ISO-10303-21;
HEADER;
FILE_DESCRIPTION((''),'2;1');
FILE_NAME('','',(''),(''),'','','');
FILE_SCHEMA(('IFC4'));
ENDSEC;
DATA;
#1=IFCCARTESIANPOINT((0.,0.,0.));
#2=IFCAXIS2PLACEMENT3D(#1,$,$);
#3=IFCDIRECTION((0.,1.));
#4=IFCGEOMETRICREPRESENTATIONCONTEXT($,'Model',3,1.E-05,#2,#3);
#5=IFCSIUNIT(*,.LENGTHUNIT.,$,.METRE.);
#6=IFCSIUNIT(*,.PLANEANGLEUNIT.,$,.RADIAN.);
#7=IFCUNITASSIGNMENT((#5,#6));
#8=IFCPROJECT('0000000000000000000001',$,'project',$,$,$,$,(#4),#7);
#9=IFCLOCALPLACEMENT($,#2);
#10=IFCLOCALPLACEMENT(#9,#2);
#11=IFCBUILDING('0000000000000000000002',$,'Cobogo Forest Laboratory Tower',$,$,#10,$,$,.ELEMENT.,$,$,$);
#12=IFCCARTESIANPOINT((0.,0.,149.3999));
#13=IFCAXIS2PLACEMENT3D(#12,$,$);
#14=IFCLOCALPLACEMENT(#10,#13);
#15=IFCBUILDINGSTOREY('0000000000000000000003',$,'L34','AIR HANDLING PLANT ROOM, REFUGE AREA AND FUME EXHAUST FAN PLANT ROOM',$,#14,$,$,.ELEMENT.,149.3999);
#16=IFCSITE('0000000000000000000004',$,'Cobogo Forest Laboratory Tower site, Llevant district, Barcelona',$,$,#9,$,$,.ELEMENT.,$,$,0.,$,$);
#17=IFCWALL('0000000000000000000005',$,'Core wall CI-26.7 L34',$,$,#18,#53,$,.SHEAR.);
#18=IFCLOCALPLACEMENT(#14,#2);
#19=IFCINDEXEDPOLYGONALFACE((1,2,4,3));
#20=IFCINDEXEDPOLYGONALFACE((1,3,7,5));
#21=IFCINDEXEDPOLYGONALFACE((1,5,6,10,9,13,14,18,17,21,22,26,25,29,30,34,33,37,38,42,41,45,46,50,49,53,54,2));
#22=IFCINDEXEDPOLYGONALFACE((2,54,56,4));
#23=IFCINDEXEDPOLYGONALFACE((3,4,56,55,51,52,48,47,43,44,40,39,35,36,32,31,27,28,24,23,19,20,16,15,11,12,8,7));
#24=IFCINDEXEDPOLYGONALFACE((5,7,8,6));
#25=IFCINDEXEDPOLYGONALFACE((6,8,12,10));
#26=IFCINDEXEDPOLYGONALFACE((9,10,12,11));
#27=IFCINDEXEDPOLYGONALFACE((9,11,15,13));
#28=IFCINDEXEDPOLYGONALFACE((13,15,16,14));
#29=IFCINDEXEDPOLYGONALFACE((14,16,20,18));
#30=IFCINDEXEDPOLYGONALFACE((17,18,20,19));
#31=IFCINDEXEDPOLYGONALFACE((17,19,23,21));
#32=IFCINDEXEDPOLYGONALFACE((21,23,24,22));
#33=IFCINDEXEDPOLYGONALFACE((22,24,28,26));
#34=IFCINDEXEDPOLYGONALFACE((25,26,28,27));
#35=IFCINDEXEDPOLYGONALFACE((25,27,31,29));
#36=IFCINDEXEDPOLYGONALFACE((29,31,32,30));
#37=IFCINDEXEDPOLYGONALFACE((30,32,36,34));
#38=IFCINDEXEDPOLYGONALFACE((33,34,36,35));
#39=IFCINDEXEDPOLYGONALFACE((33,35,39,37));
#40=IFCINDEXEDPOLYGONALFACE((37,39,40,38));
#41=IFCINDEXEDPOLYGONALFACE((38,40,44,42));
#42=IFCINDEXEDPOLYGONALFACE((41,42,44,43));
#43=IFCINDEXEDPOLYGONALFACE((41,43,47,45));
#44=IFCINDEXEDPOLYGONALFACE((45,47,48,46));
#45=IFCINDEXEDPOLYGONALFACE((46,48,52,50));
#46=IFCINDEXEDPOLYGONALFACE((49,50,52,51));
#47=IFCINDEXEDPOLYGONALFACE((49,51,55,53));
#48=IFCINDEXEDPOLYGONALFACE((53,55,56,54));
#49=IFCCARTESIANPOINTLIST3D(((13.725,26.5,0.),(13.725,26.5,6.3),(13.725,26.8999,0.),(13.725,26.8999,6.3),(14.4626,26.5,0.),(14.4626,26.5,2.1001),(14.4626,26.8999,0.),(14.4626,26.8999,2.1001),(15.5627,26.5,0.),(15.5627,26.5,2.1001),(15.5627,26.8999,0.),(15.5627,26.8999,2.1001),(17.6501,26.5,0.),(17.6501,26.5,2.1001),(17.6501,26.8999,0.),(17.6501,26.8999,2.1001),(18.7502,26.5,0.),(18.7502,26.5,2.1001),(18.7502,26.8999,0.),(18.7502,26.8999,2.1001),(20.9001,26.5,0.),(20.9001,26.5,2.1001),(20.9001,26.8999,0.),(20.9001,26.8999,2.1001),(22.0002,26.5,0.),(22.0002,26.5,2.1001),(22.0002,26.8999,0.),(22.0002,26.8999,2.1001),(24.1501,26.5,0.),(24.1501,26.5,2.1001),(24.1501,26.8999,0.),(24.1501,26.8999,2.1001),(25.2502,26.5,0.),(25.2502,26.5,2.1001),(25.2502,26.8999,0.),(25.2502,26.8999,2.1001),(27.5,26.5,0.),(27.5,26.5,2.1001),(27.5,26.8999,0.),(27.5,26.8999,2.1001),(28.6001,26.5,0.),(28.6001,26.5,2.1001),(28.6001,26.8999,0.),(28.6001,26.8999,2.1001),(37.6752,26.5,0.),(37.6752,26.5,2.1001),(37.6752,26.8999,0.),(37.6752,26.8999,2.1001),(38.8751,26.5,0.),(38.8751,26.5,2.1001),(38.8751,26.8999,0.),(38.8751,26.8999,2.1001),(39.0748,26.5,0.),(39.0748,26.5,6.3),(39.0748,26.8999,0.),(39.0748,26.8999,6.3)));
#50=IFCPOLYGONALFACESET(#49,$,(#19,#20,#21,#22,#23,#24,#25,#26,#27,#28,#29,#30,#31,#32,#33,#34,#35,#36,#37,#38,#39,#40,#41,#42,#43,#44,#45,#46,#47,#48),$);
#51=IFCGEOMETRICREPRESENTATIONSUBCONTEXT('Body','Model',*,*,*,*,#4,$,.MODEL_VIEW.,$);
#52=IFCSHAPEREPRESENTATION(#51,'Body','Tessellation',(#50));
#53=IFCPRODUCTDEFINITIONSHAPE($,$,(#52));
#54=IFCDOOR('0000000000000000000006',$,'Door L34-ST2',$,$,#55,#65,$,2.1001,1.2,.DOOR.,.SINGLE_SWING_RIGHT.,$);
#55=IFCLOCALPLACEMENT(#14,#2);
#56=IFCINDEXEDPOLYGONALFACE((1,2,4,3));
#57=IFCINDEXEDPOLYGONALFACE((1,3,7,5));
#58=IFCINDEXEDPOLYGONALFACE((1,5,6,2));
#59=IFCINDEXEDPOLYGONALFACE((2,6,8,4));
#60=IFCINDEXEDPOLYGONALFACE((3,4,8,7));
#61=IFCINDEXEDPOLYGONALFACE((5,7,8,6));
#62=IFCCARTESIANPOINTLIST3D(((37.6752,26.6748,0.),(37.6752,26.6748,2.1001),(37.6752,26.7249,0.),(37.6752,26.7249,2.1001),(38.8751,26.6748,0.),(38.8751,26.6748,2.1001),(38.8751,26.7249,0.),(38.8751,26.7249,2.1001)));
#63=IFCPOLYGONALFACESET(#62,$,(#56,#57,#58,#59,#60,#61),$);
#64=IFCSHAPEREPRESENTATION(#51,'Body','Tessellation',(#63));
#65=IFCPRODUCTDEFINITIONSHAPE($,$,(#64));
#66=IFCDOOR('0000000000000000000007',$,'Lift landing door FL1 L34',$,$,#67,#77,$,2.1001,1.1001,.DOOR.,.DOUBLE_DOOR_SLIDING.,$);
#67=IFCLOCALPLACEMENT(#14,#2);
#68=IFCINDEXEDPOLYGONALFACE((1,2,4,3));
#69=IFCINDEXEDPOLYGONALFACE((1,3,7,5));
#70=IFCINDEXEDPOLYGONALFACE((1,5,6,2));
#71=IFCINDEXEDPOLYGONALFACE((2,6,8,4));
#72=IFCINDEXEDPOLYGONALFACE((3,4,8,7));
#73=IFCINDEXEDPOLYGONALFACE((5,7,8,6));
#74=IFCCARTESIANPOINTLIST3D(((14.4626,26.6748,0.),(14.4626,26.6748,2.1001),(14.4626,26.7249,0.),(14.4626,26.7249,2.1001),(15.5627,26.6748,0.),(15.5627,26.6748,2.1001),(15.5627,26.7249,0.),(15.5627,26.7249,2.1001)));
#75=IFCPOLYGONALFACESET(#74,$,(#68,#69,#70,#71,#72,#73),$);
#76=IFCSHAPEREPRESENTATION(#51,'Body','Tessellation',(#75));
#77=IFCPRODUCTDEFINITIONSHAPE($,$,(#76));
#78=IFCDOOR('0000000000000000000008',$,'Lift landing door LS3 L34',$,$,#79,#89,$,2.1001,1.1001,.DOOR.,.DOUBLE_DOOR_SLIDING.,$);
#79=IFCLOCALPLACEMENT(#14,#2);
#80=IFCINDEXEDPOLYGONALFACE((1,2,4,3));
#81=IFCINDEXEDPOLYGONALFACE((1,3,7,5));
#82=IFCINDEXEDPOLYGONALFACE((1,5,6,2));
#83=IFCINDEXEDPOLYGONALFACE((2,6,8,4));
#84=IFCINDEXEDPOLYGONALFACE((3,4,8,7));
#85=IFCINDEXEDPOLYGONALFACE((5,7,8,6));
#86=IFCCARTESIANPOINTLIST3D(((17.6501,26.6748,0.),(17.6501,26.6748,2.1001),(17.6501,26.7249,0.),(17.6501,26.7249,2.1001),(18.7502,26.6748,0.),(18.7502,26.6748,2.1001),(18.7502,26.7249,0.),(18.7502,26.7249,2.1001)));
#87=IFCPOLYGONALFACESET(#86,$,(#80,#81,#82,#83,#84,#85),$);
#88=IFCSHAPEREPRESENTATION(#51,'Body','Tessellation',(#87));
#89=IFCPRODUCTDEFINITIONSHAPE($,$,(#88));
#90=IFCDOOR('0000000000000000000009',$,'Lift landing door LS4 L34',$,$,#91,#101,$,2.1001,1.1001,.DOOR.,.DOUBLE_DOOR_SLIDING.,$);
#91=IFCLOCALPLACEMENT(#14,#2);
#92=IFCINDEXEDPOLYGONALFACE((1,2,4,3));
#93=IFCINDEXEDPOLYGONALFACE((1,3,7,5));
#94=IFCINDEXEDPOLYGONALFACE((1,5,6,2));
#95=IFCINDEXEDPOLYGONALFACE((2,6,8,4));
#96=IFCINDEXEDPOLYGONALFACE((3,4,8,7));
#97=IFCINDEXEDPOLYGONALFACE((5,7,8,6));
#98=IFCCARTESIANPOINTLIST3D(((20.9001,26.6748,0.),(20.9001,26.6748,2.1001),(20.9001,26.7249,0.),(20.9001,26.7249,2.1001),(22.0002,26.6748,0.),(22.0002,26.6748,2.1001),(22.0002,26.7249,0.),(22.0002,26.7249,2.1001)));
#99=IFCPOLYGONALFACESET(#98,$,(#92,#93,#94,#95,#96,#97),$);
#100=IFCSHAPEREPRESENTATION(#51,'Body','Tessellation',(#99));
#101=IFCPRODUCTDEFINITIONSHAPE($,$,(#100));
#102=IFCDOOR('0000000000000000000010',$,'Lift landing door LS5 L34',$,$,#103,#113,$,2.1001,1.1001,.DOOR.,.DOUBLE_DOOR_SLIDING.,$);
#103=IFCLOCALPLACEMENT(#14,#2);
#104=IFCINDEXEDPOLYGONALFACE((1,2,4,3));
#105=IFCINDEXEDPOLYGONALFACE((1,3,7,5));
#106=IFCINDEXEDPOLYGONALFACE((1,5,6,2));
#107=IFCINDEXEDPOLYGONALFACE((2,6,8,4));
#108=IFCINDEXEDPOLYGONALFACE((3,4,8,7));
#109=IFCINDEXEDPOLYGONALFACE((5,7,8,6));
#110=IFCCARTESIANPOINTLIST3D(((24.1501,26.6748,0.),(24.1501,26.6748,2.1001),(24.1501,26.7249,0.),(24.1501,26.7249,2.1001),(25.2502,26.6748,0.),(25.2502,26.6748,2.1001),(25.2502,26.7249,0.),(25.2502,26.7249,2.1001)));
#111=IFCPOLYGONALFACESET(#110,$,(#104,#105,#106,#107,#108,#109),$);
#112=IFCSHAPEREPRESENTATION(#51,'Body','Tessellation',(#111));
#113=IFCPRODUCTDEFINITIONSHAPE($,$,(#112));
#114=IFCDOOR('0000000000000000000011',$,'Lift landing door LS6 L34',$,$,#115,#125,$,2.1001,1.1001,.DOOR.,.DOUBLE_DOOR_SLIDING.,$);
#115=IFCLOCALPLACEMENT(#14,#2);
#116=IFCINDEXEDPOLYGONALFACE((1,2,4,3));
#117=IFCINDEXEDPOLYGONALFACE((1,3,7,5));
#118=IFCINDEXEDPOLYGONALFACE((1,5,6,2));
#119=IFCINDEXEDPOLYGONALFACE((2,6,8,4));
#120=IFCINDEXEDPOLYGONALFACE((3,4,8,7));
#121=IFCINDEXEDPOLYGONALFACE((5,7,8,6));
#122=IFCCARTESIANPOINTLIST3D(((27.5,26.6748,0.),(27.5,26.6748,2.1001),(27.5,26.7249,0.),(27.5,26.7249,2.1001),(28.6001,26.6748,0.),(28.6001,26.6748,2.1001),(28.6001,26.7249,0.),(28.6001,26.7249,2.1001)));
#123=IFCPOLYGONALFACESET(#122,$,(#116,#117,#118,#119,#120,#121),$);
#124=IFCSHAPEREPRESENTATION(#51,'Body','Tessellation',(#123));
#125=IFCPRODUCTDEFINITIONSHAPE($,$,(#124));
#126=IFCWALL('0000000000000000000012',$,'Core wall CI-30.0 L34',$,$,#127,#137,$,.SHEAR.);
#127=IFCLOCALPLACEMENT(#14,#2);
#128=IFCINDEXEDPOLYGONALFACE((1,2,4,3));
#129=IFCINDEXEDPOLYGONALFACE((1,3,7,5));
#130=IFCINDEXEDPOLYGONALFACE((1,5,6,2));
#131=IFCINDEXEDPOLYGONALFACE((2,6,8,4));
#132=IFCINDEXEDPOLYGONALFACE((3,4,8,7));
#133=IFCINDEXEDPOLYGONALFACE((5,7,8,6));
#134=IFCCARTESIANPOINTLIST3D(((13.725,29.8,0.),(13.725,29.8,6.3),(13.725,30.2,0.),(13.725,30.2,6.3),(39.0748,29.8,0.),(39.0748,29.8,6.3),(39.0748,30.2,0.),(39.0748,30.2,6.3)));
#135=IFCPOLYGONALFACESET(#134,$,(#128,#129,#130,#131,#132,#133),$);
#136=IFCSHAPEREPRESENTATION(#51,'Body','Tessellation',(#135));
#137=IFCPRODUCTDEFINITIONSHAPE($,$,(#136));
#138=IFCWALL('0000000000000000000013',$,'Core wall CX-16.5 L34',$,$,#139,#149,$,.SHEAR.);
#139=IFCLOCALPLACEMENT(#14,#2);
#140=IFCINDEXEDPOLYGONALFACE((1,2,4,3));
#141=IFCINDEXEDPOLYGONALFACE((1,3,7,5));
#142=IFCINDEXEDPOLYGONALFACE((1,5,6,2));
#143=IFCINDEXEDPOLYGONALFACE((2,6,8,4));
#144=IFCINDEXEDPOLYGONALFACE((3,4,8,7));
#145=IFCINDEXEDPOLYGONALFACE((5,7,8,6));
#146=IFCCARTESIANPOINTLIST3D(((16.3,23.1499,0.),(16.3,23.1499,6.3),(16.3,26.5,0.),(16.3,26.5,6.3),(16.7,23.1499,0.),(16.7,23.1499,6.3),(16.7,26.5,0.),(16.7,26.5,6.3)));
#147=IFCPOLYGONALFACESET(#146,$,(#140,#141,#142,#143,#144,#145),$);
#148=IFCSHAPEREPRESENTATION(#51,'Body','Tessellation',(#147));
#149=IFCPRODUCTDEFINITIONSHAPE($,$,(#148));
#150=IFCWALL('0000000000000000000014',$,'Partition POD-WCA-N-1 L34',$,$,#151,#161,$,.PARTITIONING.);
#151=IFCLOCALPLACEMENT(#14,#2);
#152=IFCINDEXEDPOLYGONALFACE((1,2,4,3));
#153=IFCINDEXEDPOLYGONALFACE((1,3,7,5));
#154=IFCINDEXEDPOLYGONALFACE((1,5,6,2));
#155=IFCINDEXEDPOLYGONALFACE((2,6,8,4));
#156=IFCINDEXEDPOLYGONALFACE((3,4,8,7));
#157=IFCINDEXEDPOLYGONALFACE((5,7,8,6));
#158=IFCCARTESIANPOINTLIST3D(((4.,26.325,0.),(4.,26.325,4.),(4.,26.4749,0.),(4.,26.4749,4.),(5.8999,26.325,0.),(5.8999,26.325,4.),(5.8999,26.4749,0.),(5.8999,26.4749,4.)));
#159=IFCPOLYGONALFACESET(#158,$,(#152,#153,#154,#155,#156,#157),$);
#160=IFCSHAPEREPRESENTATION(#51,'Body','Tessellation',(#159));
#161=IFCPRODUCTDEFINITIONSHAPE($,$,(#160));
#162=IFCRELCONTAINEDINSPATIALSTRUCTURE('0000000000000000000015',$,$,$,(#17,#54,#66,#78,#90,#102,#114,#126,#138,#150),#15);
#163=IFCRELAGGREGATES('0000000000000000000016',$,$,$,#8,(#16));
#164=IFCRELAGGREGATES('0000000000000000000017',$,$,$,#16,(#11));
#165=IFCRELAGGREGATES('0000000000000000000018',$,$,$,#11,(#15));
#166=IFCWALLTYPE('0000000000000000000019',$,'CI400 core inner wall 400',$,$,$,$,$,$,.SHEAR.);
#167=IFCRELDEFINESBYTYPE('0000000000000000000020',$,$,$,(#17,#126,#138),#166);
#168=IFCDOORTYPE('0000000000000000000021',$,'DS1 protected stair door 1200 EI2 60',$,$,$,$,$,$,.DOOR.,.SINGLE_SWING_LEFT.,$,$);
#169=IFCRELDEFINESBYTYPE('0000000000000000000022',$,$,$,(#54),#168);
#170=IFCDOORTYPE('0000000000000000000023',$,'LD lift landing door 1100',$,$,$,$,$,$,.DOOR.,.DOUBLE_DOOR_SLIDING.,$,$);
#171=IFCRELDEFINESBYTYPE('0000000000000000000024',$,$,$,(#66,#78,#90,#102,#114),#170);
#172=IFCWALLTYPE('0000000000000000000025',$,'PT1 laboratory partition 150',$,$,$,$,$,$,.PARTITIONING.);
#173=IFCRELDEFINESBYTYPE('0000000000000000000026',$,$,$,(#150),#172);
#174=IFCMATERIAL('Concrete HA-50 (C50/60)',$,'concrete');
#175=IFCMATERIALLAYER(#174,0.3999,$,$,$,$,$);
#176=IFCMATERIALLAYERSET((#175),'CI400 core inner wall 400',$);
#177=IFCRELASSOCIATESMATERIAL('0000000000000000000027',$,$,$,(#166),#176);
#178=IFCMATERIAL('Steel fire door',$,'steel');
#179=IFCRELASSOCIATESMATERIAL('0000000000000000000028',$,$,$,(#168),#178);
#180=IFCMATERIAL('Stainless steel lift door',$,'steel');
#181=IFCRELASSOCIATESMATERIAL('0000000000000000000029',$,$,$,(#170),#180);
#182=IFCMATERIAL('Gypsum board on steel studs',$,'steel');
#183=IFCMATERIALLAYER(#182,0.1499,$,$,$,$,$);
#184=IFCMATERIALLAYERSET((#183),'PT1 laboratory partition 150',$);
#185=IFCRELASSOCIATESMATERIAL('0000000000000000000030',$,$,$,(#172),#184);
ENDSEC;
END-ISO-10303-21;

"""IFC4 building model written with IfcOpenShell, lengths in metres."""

from ifc_helpers import new_model, si_unit, direction, frame, frame_2d, origin, place, context, subcontext, project, spatial, rectangle, extrude, material, layer, layer_set, type_object, element, fill, save


model = new_model("IFC4")

# Units and contexts
model_context = context("Model", 3, precision=1e-05, world=origin(), true_north=direction((0.0, 1.0)))
body_context = subcontext(model_context, "Body", "Model", "MODEL_VIEW")
ifc_project = project(units=[si_unit("LENGTHUNIT", "METRE"), si_unit("PLANEANGLEUNIT", "RADIAN")], contexts=[model_context])

# Site, building, storey
site_placement = place(None, origin())
site = spatial("IfcSite", under=ifc_project, at=site_placement, Name="Cobogo Forest Laboratory Tower site, Llevant district, Barcelona", CompositionType="ELEMENT", RefElevation=0.0)
building_placement = place(site_placement, origin())
building = spatial("IfcBuilding", under=site, at=building_placement, Name="Cobogo Forest Laboratory Tower", CompositionType="ELEMENT")
storey_placement = place(building_placement, frame((0.0, 0.0, 149.3999)))
storey = spatial("IfcBuildingStorey", under=building, at=storey_placement, Name="L34", Description="AIR HANDLING PLANT ROOM, REFUGE AREA AND FUME EXHAUST FAN PLANT ROOM", CompositionType="ELEMENT", Elevation=149.3999)

# Shared definitions
ifc_material_1 = material(Name="Concrete HA-50 (C50/60)", Category="concrete")

# Shared definitions
ifc_layer_1 = layer(ifc_material_1, 0.3999)
ifc_layer_set_1 = layer_set([ifc_layer_1], Name="CI400 core inner wall 400")
wall_type_1 = type_object("IfcWallType", Name="CI400 core inner wall 400", PredefinedType="SHEAR", material=ifc_layer_set_1)

# Wall, openings, doors
wall_1_placement = place(storey_placement, frame((13.7251, 26.7, 0.0), z_axis=(0.0, 0.0, 1.0), x_axis=(1.0, 0.0, 0.0)))
wall_1 = element("IfcWall", 1, at=wall_1_placement, inside=storey, type_object=wall_type_1, Name="Core wall CI-26.7 L34", PredefinedType="SHEAR", context=body_context, shape_type="SweptSolid", body=[
    extrude(rectangle(XDim=25.3499, YDim=0.3999, at=frame_2d((12.6748, 0.0))), origin(), (0.0, 0.0, 1.0), 6.3),
])
opening_1_placement = place(wall_1_placement, frame((23.95, 0.0, 0.0)))
opening_1 = element("IfcOpeningElement", 2, at=opening_1_placement, cuts=wall_1, PredefinedType="OPENING", context=body_context, shape_type="SweptSolid", body=[
    extrude(rectangle(XDim=1.2, YDim=2.1001, at=frame_2d((0.6001, 1.05))), frame((0.0, 0.21, 0.0), z_axis=(0.0, -1.0, 0.0), x_axis=(1.0, 0.0, 0.0)), (0.0, 0.0, 1.0), 0.4199),
])
opening_2_placement = place(wall_1_placement, frame((0.7375, 0.0, 0.0)))
opening_2 = element("IfcOpeningElement", 3, at=opening_2_placement, cuts=wall_1, PredefinedType="OPENING", context=body_context, shape_type="SweptSolid", body=[
    extrude(rectangle(XDim=1.1001, YDim=2.1001, at=frame_2d((0.55, 1.05))), frame((0.0, 0.21, 0.0), z_axis=(0.0, -1.0, 0.0), x_axis=(1.0, 0.0, 0.0)), (0.0, 0.0, 1.0), 0.4199),
])
opening_3_placement = place(wall_1_placement, frame((3.925, 0.0, 0.0)))
opening_3 = element("IfcOpeningElement", 4, at=opening_3_placement, cuts=wall_1, PredefinedType="OPENING", context=body_context, shape_type="SweptSolid", body=[
    extrude(rectangle(XDim=1.1001, YDim=2.1001, at=frame_2d((0.55, 1.05))), frame((0.0, 0.21, 0.0), z_axis=(0.0, -1.0, 0.0), x_axis=(1.0, 0.0, 0.0)), (0.0, 0.0, 1.0), 0.4199),
])
opening_4_placement = place(wall_1_placement, frame((7.175, 0.0, 0.0)))
opening_4 = element("IfcOpeningElement", 5, at=opening_4_placement, cuts=wall_1, PredefinedType="OPENING", context=body_context, shape_type="SweptSolid", body=[
    extrude(rectangle(XDim=1.1001, YDim=2.1001, at=frame_2d((0.55, 1.05))), frame((0.0, 0.21, 0.0), z_axis=(0.0, -1.0, 0.0), x_axis=(1.0, 0.0, 0.0)), (0.0, 0.0, 1.0), 0.4199),
])
opening_5_placement = place(wall_1_placement, frame((10.425, 0.0, 0.0)))
opening_5 = element("IfcOpeningElement", 6, at=opening_5_placement, cuts=wall_1, PredefinedType="OPENING", context=body_context, shape_type="SweptSolid", body=[
    extrude(rectangle(XDim=1.1001, YDim=2.1001, at=frame_2d((0.55, 1.05))), frame((0.0, 0.21, 0.0), z_axis=(0.0, -1.0, 0.0), x_axis=(1.0, 0.0, 0.0)), (0.0, 0.0, 1.0), 0.4199),
])
opening_6_placement = place(wall_1_placement, frame((13.7749, 0.0, 0.0)))
opening_6 = element("IfcOpeningElement", 7, at=opening_6_placement, cuts=wall_1, PredefinedType="OPENING", context=body_context, shape_type="SweptSolid", body=[
    extrude(rectangle(XDim=1.1001, YDim=2.1001, at=frame_2d((0.55, 1.05))), frame((0.0, 0.21, 0.0), z_axis=(0.0, -1.0, 0.0), x_axis=(1.0, 0.0, 0.0)), (0.0, 0.0, 1.0), 0.4199),
])
ifc_material_2 = material(Name="Steel fire door", Category="steel")
door_type_1 = type_object("IfcDoorType", Name="DS1 protected stair door 1200 EI2 60", OperationType="SINGLE_SWING_LEFT", PredefinedType="DOOR", material=ifc_material_2)
door_1_placement = place(opening_1_placement, origin())
door_1 = element("IfcDoor", 8, at=door_1_placement, inside=storey, type_object=door_type_1, Name="Door L34-ST2", OperationType="SINGLE_SWING_RIGHT", OverallHeight=2.1001, OverallWidth=1.2, PredefinedType="DOOR", context=body_context, shape_type="SweptSolid", body=[
    extrude(rectangle(XDim=1.2, YDim=2.1001, at=frame_2d((0.6001, 1.05))), frame((0.0, 0.0249, 0.0), z_axis=(0.0, -1.0, 0.0), x_axis=(1.0, 0.0, 0.0)), (0.0, 0.0, 1.0), 0.05),
])
fill(opening_1, door_1)
ifc_material_3 = material(Name="Stainless steel lift door", Category="steel")
door_type_2 = type_object("IfcDoorType", Name="LD lift landing door 1100", OperationType="DOUBLE_DOOR_SLIDING", PredefinedType="DOOR", material=ifc_material_3)
door_2_placement = place(opening_2_placement, origin())
door_2 = element("IfcDoor", 9, at=door_2_placement, inside=storey, type_object=door_type_2, Name="Lift landing door FL1 L34", OperationType="DOUBLE_DOOR_SLIDING", OverallHeight=2.1001, OverallWidth=1.1001, PredefinedType="DOOR", context=body_context, shape_type="SweptSolid", body=[
    extrude(rectangle(XDim=1.1001, YDim=2.1001, at=frame_2d((0.55, 1.05))), frame((0.0, 0.0249, 0.0), z_axis=(0.0, -1.0, 0.0), x_axis=(1.0, 0.0, 0.0)), (0.0, 0.0, 1.0), 0.05),
])
fill(opening_2, door_2)
door_3_placement = place(opening_3_placement, origin())
door_3 = element("IfcDoor", 10, at=door_3_placement, inside=storey, type_object=door_type_2, Name="Lift landing door LS3 L34", OperationType="DOUBLE_DOOR_SLIDING", OverallHeight=2.1001, OverallWidth=1.1001, PredefinedType="DOOR", context=body_context, shape_type="SweptSolid", body=[
    extrude(rectangle(XDim=1.1001, YDim=2.1001, at=frame_2d((0.55, 1.05))), frame((0.0, 0.0249, 0.0), z_axis=(0.0, -1.0, 0.0), x_axis=(1.0, 0.0, 0.0)), (0.0, 0.0, 1.0), 0.05),
])
fill(opening_3, door_3)
door_4_placement = place(opening_4_placement, origin())
door_4 = element("IfcDoor", 11, at=door_4_placement, inside=storey, type_object=door_type_2, Name="Lift landing door LS4 L34", OperationType="DOUBLE_DOOR_SLIDING", OverallHeight=2.1001, OverallWidth=1.1001, PredefinedType="DOOR", context=body_context, shape_type="SweptSolid", body=[
    extrude(rectangle(XDim=1.1001, YDim=2.1001, at=frame_2d((0.55, 1.05))), frame((0.0, 0.0249, 0.0), z_axis=(0.0, -1.0, 0.0), x_axis=(1.0, 0.0, 0.0)), (0.0, 0.0, 1.0), 0.05),
])
fill(opening_4, door_4)
door_5_placement = place(opening_5_placement, origin())
door_5 = element("IfcDoor", 12, at=door_5_placement, inside=storey, type_object=door_type_2, Name="Lift landing door LS5 L34", OperationType="DOUBLE_DOOR_SLIDING", OverallHeight=2.1001, OverallWidth=1.1001, PredefinedType="DOOR", context=body_context, shape_type="SweptSolid", body=[
    extrude(rectangle(XDim=1.1001, YDim=2.1001, at=frame_2d((0.55, 1.05))), frame((0.0, 0.0249, 0.0), z_axis=(0.0, -1.0, 0.0), x_axis=(1.0, 0.0, 0.0)), (0.0, 0.0, 1.0), 0.05),
])
fill(opening_5, door_5)
door_6_placement = place(opening_6_placement, origin())
door_6 = element("IfcDoor", 13, at=door_6_placement, inside=storey, type_object=door_type_2, Name="Lift landing door LS6 L34", OperationType="DOUBLE_DOOR_SLIDING", OverallHeight=2.1001, OverallWidth=1.1001, PredefinedType="DOOR", context=body_context, shape_type="SweptSolid", body=[
    extrude(rectangle(XDim=1.1001, YDim=2.1001, at=frame_2d((0.55, 1.05))), frame((0.0, 0.0249, 0.0), z_axis=(0.0, -1.0, 0.0), x_axis=(1.0, 0.0, 0.0)), (0.0, 0.0, 1.0), 0.05),
])
fill(opening_6, door_6)

# Walls
wall_2_placement = place(storey_placement, frame((13.7251, 30.0, 0.0), z_axis=(0.0, 0.0, 1.0), x_axis=(1.0, 0.0, 0.0)))
element("IfcWall", 14, at=wall_2_placement, inside=storey, type_object=wall_type_1, Name="Core wall CI-30.0 L34", PredefinedType="SHEAR", context=body_context, shape_type="SweptSolid", body=[
    extrude(rectangle(XDim=25.3499, YDim=0.3999, at=frame_2d((12.6748, 0.0))), origin(), (0.0, 0.0, 1.0), 6.3),
])
wall_3_placement = place(storey_placement, frame((16.5, 23.1499, 0.0), z_axis=(0.0, 0.0, 1.0), x_axis=(0.0, 1.0, 0.0)))
element("IfcWall", 15, at=wall_3_placement, inside=storey, type_object=wall_type_1, Name="Core wall CX-16.5 L34", PredefinedType="SHEAR", context=body_context, shape_type="SweptSolid", body=[
    extrude(rectangle(XDim=3.3501, YDim=0.3999, at=frame_2d((1.675, 0.0))), origin(), (0.0, 0.0, 1.0), 6.3),
])
ifc_material_4 = material(Name="Gypsum board on steel studs", Category="steel")
ifc_layer_2 = layer(ifc_material_4, 0.1499)
ifc_layer_set_2 = layer_set([ifc_layer_2], Name="PT1 laboratory partition 150")
wall_type_2 = type_object("IfcWallType", Name="PT1 laboratory partition 150", PredefinedType="PARTITIONING", material=ifc_layer_set_2)
wall_4_placement = place(storey_placement, frame((4.0, 26.3999, 0.0), z_axis=(0.0, 0.0, 1.0), x_axis=(1.0, 0.0, 0.0)))
element("IfcWall", 16, at=wall_4_placement, inside=storey, type_object=wall_type_2, Name="Partition POD-WCA-N-1 L34", PredefinedType="PARTITIONING", context=body_context, shape_type="SweptSolid", body=[
    extrude(rectangle(XDim=1.8999, YDim=0.1499, at=frame_2d((0.95, 0.0))), origin(), (0.0, 0.0, 1.0), 4.0),
])

save(model, "model.ifc")
